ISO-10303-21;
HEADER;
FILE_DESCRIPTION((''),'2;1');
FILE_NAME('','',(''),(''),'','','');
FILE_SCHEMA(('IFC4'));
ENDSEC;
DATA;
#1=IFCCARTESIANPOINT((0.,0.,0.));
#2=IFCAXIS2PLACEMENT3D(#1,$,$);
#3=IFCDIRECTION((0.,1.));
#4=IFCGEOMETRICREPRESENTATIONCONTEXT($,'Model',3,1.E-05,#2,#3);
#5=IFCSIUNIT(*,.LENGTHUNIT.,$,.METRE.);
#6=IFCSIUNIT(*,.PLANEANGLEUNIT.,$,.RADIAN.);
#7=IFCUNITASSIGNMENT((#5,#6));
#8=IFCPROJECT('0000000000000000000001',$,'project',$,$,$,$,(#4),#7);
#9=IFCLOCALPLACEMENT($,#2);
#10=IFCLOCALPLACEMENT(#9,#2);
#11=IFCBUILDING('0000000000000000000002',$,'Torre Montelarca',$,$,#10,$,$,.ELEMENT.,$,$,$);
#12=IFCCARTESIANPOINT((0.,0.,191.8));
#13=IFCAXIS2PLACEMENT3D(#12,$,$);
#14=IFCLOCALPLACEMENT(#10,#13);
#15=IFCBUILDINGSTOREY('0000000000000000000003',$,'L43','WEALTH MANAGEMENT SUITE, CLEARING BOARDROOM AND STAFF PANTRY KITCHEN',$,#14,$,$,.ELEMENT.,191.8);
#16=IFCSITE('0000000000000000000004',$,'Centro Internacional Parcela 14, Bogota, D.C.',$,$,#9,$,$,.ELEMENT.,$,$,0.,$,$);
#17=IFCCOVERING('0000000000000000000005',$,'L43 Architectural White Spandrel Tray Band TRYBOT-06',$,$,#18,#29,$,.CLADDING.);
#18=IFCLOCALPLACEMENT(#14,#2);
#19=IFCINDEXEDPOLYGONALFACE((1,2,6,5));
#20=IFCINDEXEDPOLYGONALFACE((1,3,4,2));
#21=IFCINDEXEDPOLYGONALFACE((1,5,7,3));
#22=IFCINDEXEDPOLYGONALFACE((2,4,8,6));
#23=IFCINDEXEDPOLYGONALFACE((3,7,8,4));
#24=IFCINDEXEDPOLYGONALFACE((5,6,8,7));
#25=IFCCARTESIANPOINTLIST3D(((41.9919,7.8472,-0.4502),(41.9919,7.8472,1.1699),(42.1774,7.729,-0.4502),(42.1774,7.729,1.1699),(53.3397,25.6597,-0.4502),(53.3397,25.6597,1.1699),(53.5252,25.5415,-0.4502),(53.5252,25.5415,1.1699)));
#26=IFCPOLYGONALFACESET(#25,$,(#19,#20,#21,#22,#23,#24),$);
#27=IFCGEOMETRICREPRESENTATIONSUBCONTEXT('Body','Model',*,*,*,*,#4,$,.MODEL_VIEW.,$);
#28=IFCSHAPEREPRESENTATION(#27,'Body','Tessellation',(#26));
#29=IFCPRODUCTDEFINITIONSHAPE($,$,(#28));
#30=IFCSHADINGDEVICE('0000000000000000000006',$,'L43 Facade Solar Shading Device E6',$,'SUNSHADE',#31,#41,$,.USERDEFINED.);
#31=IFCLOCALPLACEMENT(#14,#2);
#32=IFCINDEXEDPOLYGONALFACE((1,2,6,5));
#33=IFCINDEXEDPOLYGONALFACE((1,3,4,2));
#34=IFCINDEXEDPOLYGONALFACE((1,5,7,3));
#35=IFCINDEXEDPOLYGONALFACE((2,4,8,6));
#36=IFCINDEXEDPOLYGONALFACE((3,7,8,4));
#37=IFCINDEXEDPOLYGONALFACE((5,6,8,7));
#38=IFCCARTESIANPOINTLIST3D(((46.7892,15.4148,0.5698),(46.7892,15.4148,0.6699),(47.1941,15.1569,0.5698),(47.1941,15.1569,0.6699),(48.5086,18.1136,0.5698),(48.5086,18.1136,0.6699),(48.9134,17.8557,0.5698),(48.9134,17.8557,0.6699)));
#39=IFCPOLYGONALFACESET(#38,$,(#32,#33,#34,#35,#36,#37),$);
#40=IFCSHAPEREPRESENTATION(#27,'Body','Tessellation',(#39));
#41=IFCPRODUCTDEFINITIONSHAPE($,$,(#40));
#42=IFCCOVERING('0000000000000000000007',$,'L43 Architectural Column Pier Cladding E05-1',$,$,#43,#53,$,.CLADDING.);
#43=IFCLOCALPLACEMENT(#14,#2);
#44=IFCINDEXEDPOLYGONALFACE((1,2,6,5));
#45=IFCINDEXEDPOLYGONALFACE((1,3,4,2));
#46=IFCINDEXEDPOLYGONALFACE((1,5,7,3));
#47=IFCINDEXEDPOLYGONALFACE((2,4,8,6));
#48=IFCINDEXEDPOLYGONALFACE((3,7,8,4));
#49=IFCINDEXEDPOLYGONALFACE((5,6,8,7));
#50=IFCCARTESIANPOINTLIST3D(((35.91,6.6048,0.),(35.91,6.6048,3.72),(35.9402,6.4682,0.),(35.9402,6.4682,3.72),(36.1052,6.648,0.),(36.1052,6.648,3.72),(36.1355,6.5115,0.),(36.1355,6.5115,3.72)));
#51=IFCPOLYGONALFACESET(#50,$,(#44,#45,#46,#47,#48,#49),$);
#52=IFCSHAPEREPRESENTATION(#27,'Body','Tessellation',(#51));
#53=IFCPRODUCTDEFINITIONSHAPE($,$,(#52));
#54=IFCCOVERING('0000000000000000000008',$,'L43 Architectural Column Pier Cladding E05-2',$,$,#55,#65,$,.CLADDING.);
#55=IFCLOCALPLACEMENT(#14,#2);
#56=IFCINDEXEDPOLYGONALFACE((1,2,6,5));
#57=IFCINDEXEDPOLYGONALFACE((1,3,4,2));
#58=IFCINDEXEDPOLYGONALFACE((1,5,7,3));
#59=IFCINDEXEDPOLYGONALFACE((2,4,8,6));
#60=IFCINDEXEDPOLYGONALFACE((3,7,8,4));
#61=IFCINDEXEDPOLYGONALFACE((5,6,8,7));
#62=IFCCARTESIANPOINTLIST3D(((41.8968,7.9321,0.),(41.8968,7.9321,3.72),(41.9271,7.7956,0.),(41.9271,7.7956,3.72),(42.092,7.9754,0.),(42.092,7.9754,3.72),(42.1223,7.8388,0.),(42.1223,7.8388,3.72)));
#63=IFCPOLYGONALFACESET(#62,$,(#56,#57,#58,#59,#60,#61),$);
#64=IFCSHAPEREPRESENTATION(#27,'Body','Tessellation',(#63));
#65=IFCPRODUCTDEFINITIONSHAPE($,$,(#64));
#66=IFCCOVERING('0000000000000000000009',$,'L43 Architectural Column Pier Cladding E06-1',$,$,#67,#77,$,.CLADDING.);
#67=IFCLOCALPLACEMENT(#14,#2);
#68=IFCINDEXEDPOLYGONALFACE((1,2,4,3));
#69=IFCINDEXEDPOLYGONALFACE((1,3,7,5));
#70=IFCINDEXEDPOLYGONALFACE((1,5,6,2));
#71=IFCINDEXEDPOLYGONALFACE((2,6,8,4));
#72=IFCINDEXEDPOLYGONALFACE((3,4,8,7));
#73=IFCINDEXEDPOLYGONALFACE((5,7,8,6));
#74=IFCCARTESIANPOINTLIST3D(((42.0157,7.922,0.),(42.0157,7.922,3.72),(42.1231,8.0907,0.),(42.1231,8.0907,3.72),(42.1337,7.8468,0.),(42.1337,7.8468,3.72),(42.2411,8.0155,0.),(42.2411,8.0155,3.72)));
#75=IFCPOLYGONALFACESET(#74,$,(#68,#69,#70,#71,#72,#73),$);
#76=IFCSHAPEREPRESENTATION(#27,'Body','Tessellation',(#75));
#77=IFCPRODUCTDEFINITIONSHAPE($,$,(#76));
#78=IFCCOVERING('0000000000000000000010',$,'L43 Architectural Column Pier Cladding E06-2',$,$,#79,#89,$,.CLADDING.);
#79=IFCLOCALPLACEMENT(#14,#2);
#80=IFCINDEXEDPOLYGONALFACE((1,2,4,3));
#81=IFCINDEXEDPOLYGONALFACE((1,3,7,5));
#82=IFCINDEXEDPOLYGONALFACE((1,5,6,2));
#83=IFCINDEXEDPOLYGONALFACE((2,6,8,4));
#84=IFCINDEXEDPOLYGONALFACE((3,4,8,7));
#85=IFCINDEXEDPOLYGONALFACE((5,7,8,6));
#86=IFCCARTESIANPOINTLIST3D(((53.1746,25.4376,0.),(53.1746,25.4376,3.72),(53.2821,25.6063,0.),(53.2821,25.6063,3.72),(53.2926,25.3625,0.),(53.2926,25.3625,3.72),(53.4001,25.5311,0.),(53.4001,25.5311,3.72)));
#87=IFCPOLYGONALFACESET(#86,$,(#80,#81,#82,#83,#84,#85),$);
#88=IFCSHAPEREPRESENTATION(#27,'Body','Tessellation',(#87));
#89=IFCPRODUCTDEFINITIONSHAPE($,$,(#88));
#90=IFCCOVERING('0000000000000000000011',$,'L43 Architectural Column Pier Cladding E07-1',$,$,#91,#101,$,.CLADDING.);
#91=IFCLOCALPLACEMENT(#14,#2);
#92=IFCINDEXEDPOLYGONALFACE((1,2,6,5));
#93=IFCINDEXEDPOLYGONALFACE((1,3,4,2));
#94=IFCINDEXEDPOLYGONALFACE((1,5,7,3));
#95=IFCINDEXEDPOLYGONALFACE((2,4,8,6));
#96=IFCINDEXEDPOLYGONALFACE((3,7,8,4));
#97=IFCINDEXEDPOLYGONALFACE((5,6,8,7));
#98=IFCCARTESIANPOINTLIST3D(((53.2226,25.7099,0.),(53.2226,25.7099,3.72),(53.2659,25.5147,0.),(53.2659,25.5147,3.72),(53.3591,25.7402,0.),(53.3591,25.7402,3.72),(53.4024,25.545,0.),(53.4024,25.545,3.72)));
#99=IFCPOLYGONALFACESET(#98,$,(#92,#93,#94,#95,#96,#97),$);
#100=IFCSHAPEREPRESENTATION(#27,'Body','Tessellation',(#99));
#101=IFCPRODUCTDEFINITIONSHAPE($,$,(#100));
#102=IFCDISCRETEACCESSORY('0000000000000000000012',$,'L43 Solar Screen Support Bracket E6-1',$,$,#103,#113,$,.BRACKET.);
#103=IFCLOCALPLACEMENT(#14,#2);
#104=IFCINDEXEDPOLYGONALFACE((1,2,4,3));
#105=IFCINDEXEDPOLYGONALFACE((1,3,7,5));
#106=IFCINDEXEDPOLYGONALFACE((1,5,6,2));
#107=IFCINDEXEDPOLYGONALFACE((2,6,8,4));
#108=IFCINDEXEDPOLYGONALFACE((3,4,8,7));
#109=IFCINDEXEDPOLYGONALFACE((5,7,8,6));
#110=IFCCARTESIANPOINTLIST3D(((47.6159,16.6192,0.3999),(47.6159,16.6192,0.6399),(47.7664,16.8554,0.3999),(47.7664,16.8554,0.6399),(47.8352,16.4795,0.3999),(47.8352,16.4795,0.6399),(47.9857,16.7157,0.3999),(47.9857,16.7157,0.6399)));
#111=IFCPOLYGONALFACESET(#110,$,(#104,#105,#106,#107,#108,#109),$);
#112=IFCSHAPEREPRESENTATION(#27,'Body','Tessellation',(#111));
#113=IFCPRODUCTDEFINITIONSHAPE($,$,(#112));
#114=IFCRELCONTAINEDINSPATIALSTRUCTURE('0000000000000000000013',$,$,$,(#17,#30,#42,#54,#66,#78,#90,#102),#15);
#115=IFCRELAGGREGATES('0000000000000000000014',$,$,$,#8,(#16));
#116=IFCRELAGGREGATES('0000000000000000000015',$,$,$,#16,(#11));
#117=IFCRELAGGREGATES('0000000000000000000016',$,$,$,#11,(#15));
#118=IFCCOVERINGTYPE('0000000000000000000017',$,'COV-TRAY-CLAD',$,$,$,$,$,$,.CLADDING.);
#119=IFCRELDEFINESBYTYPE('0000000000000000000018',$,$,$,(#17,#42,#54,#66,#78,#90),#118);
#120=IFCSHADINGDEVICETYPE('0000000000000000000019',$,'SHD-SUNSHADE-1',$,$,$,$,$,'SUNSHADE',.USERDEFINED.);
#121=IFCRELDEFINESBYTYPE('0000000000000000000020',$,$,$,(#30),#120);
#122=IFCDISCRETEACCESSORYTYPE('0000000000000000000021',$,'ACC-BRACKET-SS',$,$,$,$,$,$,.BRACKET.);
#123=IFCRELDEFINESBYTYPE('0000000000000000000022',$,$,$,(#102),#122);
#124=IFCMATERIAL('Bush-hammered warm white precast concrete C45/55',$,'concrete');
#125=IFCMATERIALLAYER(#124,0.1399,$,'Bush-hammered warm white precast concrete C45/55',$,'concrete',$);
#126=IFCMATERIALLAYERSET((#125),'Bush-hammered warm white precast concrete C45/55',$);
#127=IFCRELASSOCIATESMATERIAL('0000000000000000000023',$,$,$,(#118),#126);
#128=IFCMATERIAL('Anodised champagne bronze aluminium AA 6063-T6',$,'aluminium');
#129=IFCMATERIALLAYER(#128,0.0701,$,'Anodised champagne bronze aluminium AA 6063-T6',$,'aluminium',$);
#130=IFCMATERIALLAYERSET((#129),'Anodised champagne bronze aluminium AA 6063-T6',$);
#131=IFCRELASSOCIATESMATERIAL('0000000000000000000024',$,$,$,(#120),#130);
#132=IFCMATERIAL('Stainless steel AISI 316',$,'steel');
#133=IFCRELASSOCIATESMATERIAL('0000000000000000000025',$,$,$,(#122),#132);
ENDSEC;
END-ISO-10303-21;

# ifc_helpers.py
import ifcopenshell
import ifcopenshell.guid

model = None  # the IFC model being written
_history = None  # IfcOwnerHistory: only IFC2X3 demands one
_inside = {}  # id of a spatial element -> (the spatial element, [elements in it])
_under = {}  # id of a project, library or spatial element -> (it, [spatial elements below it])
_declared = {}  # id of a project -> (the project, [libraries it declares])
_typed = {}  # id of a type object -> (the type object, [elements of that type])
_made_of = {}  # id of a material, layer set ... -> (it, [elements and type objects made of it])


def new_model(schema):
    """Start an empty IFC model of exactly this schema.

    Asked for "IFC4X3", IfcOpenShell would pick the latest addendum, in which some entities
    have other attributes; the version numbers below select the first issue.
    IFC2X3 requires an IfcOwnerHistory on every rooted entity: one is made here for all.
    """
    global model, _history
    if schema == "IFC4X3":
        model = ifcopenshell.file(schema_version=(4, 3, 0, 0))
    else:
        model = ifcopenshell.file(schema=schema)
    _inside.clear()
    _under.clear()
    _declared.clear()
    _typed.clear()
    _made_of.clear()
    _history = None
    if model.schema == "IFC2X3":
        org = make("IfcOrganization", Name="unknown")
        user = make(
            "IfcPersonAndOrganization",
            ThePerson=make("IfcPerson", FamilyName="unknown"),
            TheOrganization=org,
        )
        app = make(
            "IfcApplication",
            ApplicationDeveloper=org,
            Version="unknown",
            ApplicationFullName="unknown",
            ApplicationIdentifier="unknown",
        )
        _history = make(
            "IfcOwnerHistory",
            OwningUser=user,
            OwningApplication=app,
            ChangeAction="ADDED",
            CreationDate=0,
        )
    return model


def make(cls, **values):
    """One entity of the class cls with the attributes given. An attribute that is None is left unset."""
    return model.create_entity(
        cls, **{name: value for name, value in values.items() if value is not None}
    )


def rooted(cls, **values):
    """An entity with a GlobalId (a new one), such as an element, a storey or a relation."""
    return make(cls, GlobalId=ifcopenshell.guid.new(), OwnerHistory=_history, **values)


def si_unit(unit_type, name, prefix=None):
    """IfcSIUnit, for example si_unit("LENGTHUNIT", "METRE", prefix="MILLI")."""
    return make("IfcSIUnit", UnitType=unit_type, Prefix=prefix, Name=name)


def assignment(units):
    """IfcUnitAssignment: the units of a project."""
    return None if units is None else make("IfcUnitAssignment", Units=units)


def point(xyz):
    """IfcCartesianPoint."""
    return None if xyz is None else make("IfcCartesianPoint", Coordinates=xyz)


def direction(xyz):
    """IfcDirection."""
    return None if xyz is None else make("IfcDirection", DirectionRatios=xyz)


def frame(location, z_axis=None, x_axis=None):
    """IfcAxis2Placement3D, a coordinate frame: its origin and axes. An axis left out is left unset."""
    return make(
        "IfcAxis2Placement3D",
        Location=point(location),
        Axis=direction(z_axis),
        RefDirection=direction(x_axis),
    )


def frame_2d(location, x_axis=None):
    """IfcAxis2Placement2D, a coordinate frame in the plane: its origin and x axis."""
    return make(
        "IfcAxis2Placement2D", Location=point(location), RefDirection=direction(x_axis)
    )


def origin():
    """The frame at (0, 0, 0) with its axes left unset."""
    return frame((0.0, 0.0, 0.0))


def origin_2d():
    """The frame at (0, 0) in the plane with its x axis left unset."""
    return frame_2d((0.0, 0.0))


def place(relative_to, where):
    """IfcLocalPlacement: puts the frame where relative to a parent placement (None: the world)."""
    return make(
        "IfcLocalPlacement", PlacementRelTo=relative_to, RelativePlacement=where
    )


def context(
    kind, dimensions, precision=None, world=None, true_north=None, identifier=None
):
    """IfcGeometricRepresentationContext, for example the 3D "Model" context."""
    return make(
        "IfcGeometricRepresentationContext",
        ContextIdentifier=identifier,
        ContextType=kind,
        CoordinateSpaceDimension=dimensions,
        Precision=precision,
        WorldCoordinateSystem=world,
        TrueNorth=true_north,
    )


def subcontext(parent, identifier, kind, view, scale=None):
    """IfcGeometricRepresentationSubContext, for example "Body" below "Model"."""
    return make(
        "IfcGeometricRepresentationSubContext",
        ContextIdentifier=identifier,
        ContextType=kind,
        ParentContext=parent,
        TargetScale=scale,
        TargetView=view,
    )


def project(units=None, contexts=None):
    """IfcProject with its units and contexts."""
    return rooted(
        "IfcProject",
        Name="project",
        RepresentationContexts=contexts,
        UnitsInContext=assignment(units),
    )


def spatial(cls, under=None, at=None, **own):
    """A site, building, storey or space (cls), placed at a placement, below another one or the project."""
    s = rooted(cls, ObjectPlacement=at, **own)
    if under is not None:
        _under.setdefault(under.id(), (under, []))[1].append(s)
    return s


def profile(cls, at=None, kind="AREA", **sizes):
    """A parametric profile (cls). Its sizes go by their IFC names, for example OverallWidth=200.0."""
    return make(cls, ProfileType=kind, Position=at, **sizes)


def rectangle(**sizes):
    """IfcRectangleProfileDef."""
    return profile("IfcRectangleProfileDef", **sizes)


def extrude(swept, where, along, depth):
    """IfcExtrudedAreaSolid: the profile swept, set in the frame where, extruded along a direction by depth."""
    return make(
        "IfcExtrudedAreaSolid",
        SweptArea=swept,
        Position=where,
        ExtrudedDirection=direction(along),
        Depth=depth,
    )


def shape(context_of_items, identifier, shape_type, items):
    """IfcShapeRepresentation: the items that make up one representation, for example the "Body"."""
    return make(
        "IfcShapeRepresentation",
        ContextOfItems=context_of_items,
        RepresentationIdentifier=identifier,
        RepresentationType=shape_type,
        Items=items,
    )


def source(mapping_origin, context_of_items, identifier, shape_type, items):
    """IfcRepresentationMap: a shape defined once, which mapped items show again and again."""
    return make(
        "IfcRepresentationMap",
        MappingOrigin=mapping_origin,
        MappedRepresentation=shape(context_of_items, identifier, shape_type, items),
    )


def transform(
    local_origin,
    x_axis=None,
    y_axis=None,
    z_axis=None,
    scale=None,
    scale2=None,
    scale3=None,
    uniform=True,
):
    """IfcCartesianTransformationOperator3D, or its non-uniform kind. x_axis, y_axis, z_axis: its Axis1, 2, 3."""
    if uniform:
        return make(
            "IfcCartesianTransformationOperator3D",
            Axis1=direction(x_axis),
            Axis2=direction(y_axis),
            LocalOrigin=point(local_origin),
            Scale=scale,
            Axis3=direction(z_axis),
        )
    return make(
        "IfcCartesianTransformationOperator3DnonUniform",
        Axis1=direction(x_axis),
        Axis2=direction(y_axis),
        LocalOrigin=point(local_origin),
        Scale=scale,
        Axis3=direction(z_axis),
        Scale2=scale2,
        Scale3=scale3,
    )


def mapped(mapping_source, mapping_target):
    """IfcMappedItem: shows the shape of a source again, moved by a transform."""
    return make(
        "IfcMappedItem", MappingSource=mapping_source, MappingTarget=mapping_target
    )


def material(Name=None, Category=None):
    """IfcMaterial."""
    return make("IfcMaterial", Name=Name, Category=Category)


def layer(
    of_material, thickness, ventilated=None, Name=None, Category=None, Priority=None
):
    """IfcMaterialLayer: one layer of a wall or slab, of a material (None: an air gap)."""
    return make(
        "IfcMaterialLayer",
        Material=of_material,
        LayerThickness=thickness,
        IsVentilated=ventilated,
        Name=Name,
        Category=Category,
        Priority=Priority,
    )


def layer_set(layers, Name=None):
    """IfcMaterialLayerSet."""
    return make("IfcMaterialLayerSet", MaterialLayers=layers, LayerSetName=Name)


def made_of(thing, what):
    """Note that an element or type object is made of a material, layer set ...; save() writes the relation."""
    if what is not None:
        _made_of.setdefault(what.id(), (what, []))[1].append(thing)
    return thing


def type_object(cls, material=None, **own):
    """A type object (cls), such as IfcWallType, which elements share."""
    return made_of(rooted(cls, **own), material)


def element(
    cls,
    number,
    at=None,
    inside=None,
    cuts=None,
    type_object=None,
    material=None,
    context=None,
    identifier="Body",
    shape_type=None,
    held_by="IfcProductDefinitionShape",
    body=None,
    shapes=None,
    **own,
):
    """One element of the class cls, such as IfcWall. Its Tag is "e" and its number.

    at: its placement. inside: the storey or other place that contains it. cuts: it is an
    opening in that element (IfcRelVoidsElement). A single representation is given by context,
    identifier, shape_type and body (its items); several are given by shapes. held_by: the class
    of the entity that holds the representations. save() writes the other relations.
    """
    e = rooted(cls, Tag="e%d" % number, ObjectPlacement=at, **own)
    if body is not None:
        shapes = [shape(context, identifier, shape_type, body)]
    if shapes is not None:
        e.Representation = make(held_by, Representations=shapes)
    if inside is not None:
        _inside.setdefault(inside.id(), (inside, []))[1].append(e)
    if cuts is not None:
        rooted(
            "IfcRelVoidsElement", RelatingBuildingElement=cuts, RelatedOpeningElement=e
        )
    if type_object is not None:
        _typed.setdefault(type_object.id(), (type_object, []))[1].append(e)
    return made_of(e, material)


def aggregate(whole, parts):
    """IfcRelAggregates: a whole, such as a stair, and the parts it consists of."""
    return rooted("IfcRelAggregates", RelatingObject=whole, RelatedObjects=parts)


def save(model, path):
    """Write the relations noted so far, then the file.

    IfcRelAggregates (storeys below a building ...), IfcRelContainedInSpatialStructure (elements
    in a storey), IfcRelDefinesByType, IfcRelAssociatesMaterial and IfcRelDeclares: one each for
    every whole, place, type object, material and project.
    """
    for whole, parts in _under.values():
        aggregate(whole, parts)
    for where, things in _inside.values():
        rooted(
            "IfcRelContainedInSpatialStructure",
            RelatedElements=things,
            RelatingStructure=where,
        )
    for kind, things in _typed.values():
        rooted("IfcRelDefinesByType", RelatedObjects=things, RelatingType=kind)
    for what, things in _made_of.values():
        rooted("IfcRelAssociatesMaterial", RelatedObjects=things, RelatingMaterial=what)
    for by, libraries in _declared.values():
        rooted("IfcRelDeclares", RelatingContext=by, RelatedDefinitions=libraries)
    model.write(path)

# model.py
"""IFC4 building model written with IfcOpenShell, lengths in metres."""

from ifc_helpers import new_model, si_unit, direction, frame, origin, origin_2d, place, context, subcontext, project, spatial, rectangle, extrude, source, transform, mapped, material, layer, layer_set, type_object, element, save


model = new_model("IFC4")

# Units and contexts
model_context = context("Model", 3, precision=1e-05, world=origin(), true_north=direction((0.0, 1.0)))
body_context = subcontext(model_context, "Body", "Model", "MODEL_VIEW")
ifc_project = project(units=[si_unit("LENGTHUNIT", "METRE"), si_unit("PLANEANGLEUNIT", "RADIAN")], contexts=[model_context])

# Site, building, storey
site_placement = place(None, origin())
site = spatial("IfcSite", under=ifc_project, at=site_placement, Name="Centro Internacional Parcela 14, Bogota, D.C.", CompositionType="ELEMENT", RefElevation=0.0)
building_placement = place(site_placement, origin())
building = spatial("IfcBuilding", under=site, at=building_placement, Name="Torre Montelarca", CompositionType="ELEMENT")
storey_placement = place(building_placement, frame((0.0, 0.0, 191.8)))
storey = spatial("IfcBuildingStorey", under=building, at=storey_placement, Name="L43", Description="WEALTH MANAGEMENT SUITE, CLEARING BOARDROOM AND STAFF PANTRY KITCHEN", CompositionType="ELEMENT", Elevation=191.8)

# Covering
ifc_material_1 = material(Name="Bush-hammered warm white precast concrete C45/55", Category="concrete")
ifc_layer_1 = layer(ifc_material_1, 0.1399, Name="Bush-hammered warm white precast concrete C45/55", Category="concrete")
ifc_layer_set_1 = layer_set([ifc_layer_1], Name="Bush-hammered warm white precast concrete C45/55")
covering_type = type_object("IfcCoveringType", Name="COV-TRAY-CLAD", PredefinedType="CLADDING", material=ifc_layer_set_1)
shared_shape_1 = source(origin(), body_context, "Body", "SweptSolid", [
    extrude(rectangle(XDim=21.1201, YDim=0.22, at=origin_2d()), origin(), (0.0, 0.0, 1.0), 1.6201),
])
covering_1_placement = place(storey_placement, frame((47.7585, 16.6943, -0.4502), z_axis=(0.0, 0.0, 1.0), x_axis=(0.5373, 0.843391, 0.0)))
element("IfcCovering", 1, at=covering_1_placement, inside=storey, type_object=covering_type, Name="L43 Architectural White Spandrel Tray Band TRYBOT-06", PredefinedType="CLADDING", context=body_context, shape_type="MappedRepresentation", body=[
    mapped(shared_shape_1, transform((0.0, 0.0, 0.0), scale=1.0)),
])

# Shading device
ifc_material_2 = material(Name="Anodised champagne bronze aluminium AA 6063-T6", Category="aluminium")
ifc_layer_2 = layer(ifc_material_2, 0.0701, Name="Anodised champagne bronze aluminium AA 6063-T6", Category="aluminium")
ifc_layer_set_2 = layer_set([ifc_layer_2], Name="Anodised champagne bronze aluminium AA 6063-T6")
shading_device_type = type_object("IfcShadingDeviceType", Name="SHD-SUNSHADE-1", ElementType="SUNSHADE", PredefinedType="USERDEFINED", material=ifc_layer_set_2)
shared_shape_2 = source(origin(), body_context, "Body", "SweptSolid", [
    extrude(rectangle(XDim=3.2, YDim=0.48, at=origin_2d()), origin(), (0.0, 0.0, 1.0), 0.1001),
])
shading_device_placement = place(storey_placement, frame((47.8513, 16.6353, 0.5698), z_axis=(0.0, 0.0, 1.0), x_axis=(0.5373, 0.843391, 0.0)))
element("IfcShadingDevice", 2, at=shading_device_placement, inside=storey, type_object=shading_device_type, Name="L43 Facade Solar Shading Device E6", ObjectType="SUNSHADE", PredefinedType="USERDEFINED", context=body_context, shape_type="MappedRepresentation", body=[
    mapped(shared_shape_2, transform((0.0, 0.0, 0.0), scale=1.0)),
])

# Coverings
shared_shape_3 = source(origin(), body_context, "Body", "SweptSolid", [
    extrude(rectangle(XDim=0.2, YDim=0.1399, at=origin_2d()), origin(), (0.0, 0.0, 1.0), 3.72),
])
for number, where, z_axis, x_axis, name in (
    (3, (36.0227, 6.5581, 0.0), (0.0, 0.0, 1.0), (0.976293, 0.216452, 0.0), "L43 Architectural Column Pier Cladding E05-1"),
    (4, (42.0095, 7.8855, 0.0), (0.0, 0.0, 1.0), (0.976293, 0.216452, 0.0), "L43 Architectural Column Pier Cladding E05-2"),
    (5, (42.1284, 7.9688, 0.0), (0.0, 0.0, 1.0), (0.537303, 0.84339, 0.0), "L43 Architectural Column Pier Cladding E06-1"),
    (6, (53.2874, 25.4844, 0.0), (0.0, 0.0, 1.0), (0.537303, 0.84339, 0.0), "L43 Architectural Column Pier Cladding E06-2"),
    (7, (53.3125, 25.6274, 0.0), (0.0, 0.0, 1.0), (-0.216436, 0.976297, 0.0), "L43 Architectural Column Pier Cladding E07-1"),
):
    element("IfcCovering", number, at=place(storey_placement, frame(where, z_axis=z_axis, x_axis=x_axis)), inside=storey, type_object=covering_type, Name=name, PredefinedType="CLADDING", context=body_context, shape_type="MappedRepresentation", body=[
        mapped(shared_shape_3, transform((0.0, 0.0, 0.0), scale=1.0)),
    ])

# Discrete accessory
ifc_material_3 = material(Name="Stainless steel AISI 316", Category="steel")
discrete_accessory_type = type_object("IfcDiscreteAccessoryType", Name="ACC-BRACKET-SS", PredefinedType="BRACKET", material=ifc_material_3)
shared_shape_4 = source(origin(), body_context, "Body", "SweptSolid", [
    extrude(rectangle(XDim=0.28, YDim=0.26, at=origin_2d()), origin(), (0.0, 0.0, 1.0), 0.24),
])
discrete_accessory_placement = place(storey_placement, frame((47.8008, 16.6675, 0.3999), z_axis=(0.0, 0.0, 1.0), x_axis=(0.5373, 0.843391, 0.0)))
element("IfcDiscreteAccessory", 8, at=discrete_accessory_placement, inside=storey, type_object=discrete_accessory_type, Name="L43 Solar Screen Support Bracket E6-1", PredefinedType="BRACKET", context=body_context, shape_type="MappedRepresentation", body=[
    mapped(shared_shape_4, transform((0.0, 0.0, 0.0), scale=1.0)),
])

save(model, "model.ifc")
